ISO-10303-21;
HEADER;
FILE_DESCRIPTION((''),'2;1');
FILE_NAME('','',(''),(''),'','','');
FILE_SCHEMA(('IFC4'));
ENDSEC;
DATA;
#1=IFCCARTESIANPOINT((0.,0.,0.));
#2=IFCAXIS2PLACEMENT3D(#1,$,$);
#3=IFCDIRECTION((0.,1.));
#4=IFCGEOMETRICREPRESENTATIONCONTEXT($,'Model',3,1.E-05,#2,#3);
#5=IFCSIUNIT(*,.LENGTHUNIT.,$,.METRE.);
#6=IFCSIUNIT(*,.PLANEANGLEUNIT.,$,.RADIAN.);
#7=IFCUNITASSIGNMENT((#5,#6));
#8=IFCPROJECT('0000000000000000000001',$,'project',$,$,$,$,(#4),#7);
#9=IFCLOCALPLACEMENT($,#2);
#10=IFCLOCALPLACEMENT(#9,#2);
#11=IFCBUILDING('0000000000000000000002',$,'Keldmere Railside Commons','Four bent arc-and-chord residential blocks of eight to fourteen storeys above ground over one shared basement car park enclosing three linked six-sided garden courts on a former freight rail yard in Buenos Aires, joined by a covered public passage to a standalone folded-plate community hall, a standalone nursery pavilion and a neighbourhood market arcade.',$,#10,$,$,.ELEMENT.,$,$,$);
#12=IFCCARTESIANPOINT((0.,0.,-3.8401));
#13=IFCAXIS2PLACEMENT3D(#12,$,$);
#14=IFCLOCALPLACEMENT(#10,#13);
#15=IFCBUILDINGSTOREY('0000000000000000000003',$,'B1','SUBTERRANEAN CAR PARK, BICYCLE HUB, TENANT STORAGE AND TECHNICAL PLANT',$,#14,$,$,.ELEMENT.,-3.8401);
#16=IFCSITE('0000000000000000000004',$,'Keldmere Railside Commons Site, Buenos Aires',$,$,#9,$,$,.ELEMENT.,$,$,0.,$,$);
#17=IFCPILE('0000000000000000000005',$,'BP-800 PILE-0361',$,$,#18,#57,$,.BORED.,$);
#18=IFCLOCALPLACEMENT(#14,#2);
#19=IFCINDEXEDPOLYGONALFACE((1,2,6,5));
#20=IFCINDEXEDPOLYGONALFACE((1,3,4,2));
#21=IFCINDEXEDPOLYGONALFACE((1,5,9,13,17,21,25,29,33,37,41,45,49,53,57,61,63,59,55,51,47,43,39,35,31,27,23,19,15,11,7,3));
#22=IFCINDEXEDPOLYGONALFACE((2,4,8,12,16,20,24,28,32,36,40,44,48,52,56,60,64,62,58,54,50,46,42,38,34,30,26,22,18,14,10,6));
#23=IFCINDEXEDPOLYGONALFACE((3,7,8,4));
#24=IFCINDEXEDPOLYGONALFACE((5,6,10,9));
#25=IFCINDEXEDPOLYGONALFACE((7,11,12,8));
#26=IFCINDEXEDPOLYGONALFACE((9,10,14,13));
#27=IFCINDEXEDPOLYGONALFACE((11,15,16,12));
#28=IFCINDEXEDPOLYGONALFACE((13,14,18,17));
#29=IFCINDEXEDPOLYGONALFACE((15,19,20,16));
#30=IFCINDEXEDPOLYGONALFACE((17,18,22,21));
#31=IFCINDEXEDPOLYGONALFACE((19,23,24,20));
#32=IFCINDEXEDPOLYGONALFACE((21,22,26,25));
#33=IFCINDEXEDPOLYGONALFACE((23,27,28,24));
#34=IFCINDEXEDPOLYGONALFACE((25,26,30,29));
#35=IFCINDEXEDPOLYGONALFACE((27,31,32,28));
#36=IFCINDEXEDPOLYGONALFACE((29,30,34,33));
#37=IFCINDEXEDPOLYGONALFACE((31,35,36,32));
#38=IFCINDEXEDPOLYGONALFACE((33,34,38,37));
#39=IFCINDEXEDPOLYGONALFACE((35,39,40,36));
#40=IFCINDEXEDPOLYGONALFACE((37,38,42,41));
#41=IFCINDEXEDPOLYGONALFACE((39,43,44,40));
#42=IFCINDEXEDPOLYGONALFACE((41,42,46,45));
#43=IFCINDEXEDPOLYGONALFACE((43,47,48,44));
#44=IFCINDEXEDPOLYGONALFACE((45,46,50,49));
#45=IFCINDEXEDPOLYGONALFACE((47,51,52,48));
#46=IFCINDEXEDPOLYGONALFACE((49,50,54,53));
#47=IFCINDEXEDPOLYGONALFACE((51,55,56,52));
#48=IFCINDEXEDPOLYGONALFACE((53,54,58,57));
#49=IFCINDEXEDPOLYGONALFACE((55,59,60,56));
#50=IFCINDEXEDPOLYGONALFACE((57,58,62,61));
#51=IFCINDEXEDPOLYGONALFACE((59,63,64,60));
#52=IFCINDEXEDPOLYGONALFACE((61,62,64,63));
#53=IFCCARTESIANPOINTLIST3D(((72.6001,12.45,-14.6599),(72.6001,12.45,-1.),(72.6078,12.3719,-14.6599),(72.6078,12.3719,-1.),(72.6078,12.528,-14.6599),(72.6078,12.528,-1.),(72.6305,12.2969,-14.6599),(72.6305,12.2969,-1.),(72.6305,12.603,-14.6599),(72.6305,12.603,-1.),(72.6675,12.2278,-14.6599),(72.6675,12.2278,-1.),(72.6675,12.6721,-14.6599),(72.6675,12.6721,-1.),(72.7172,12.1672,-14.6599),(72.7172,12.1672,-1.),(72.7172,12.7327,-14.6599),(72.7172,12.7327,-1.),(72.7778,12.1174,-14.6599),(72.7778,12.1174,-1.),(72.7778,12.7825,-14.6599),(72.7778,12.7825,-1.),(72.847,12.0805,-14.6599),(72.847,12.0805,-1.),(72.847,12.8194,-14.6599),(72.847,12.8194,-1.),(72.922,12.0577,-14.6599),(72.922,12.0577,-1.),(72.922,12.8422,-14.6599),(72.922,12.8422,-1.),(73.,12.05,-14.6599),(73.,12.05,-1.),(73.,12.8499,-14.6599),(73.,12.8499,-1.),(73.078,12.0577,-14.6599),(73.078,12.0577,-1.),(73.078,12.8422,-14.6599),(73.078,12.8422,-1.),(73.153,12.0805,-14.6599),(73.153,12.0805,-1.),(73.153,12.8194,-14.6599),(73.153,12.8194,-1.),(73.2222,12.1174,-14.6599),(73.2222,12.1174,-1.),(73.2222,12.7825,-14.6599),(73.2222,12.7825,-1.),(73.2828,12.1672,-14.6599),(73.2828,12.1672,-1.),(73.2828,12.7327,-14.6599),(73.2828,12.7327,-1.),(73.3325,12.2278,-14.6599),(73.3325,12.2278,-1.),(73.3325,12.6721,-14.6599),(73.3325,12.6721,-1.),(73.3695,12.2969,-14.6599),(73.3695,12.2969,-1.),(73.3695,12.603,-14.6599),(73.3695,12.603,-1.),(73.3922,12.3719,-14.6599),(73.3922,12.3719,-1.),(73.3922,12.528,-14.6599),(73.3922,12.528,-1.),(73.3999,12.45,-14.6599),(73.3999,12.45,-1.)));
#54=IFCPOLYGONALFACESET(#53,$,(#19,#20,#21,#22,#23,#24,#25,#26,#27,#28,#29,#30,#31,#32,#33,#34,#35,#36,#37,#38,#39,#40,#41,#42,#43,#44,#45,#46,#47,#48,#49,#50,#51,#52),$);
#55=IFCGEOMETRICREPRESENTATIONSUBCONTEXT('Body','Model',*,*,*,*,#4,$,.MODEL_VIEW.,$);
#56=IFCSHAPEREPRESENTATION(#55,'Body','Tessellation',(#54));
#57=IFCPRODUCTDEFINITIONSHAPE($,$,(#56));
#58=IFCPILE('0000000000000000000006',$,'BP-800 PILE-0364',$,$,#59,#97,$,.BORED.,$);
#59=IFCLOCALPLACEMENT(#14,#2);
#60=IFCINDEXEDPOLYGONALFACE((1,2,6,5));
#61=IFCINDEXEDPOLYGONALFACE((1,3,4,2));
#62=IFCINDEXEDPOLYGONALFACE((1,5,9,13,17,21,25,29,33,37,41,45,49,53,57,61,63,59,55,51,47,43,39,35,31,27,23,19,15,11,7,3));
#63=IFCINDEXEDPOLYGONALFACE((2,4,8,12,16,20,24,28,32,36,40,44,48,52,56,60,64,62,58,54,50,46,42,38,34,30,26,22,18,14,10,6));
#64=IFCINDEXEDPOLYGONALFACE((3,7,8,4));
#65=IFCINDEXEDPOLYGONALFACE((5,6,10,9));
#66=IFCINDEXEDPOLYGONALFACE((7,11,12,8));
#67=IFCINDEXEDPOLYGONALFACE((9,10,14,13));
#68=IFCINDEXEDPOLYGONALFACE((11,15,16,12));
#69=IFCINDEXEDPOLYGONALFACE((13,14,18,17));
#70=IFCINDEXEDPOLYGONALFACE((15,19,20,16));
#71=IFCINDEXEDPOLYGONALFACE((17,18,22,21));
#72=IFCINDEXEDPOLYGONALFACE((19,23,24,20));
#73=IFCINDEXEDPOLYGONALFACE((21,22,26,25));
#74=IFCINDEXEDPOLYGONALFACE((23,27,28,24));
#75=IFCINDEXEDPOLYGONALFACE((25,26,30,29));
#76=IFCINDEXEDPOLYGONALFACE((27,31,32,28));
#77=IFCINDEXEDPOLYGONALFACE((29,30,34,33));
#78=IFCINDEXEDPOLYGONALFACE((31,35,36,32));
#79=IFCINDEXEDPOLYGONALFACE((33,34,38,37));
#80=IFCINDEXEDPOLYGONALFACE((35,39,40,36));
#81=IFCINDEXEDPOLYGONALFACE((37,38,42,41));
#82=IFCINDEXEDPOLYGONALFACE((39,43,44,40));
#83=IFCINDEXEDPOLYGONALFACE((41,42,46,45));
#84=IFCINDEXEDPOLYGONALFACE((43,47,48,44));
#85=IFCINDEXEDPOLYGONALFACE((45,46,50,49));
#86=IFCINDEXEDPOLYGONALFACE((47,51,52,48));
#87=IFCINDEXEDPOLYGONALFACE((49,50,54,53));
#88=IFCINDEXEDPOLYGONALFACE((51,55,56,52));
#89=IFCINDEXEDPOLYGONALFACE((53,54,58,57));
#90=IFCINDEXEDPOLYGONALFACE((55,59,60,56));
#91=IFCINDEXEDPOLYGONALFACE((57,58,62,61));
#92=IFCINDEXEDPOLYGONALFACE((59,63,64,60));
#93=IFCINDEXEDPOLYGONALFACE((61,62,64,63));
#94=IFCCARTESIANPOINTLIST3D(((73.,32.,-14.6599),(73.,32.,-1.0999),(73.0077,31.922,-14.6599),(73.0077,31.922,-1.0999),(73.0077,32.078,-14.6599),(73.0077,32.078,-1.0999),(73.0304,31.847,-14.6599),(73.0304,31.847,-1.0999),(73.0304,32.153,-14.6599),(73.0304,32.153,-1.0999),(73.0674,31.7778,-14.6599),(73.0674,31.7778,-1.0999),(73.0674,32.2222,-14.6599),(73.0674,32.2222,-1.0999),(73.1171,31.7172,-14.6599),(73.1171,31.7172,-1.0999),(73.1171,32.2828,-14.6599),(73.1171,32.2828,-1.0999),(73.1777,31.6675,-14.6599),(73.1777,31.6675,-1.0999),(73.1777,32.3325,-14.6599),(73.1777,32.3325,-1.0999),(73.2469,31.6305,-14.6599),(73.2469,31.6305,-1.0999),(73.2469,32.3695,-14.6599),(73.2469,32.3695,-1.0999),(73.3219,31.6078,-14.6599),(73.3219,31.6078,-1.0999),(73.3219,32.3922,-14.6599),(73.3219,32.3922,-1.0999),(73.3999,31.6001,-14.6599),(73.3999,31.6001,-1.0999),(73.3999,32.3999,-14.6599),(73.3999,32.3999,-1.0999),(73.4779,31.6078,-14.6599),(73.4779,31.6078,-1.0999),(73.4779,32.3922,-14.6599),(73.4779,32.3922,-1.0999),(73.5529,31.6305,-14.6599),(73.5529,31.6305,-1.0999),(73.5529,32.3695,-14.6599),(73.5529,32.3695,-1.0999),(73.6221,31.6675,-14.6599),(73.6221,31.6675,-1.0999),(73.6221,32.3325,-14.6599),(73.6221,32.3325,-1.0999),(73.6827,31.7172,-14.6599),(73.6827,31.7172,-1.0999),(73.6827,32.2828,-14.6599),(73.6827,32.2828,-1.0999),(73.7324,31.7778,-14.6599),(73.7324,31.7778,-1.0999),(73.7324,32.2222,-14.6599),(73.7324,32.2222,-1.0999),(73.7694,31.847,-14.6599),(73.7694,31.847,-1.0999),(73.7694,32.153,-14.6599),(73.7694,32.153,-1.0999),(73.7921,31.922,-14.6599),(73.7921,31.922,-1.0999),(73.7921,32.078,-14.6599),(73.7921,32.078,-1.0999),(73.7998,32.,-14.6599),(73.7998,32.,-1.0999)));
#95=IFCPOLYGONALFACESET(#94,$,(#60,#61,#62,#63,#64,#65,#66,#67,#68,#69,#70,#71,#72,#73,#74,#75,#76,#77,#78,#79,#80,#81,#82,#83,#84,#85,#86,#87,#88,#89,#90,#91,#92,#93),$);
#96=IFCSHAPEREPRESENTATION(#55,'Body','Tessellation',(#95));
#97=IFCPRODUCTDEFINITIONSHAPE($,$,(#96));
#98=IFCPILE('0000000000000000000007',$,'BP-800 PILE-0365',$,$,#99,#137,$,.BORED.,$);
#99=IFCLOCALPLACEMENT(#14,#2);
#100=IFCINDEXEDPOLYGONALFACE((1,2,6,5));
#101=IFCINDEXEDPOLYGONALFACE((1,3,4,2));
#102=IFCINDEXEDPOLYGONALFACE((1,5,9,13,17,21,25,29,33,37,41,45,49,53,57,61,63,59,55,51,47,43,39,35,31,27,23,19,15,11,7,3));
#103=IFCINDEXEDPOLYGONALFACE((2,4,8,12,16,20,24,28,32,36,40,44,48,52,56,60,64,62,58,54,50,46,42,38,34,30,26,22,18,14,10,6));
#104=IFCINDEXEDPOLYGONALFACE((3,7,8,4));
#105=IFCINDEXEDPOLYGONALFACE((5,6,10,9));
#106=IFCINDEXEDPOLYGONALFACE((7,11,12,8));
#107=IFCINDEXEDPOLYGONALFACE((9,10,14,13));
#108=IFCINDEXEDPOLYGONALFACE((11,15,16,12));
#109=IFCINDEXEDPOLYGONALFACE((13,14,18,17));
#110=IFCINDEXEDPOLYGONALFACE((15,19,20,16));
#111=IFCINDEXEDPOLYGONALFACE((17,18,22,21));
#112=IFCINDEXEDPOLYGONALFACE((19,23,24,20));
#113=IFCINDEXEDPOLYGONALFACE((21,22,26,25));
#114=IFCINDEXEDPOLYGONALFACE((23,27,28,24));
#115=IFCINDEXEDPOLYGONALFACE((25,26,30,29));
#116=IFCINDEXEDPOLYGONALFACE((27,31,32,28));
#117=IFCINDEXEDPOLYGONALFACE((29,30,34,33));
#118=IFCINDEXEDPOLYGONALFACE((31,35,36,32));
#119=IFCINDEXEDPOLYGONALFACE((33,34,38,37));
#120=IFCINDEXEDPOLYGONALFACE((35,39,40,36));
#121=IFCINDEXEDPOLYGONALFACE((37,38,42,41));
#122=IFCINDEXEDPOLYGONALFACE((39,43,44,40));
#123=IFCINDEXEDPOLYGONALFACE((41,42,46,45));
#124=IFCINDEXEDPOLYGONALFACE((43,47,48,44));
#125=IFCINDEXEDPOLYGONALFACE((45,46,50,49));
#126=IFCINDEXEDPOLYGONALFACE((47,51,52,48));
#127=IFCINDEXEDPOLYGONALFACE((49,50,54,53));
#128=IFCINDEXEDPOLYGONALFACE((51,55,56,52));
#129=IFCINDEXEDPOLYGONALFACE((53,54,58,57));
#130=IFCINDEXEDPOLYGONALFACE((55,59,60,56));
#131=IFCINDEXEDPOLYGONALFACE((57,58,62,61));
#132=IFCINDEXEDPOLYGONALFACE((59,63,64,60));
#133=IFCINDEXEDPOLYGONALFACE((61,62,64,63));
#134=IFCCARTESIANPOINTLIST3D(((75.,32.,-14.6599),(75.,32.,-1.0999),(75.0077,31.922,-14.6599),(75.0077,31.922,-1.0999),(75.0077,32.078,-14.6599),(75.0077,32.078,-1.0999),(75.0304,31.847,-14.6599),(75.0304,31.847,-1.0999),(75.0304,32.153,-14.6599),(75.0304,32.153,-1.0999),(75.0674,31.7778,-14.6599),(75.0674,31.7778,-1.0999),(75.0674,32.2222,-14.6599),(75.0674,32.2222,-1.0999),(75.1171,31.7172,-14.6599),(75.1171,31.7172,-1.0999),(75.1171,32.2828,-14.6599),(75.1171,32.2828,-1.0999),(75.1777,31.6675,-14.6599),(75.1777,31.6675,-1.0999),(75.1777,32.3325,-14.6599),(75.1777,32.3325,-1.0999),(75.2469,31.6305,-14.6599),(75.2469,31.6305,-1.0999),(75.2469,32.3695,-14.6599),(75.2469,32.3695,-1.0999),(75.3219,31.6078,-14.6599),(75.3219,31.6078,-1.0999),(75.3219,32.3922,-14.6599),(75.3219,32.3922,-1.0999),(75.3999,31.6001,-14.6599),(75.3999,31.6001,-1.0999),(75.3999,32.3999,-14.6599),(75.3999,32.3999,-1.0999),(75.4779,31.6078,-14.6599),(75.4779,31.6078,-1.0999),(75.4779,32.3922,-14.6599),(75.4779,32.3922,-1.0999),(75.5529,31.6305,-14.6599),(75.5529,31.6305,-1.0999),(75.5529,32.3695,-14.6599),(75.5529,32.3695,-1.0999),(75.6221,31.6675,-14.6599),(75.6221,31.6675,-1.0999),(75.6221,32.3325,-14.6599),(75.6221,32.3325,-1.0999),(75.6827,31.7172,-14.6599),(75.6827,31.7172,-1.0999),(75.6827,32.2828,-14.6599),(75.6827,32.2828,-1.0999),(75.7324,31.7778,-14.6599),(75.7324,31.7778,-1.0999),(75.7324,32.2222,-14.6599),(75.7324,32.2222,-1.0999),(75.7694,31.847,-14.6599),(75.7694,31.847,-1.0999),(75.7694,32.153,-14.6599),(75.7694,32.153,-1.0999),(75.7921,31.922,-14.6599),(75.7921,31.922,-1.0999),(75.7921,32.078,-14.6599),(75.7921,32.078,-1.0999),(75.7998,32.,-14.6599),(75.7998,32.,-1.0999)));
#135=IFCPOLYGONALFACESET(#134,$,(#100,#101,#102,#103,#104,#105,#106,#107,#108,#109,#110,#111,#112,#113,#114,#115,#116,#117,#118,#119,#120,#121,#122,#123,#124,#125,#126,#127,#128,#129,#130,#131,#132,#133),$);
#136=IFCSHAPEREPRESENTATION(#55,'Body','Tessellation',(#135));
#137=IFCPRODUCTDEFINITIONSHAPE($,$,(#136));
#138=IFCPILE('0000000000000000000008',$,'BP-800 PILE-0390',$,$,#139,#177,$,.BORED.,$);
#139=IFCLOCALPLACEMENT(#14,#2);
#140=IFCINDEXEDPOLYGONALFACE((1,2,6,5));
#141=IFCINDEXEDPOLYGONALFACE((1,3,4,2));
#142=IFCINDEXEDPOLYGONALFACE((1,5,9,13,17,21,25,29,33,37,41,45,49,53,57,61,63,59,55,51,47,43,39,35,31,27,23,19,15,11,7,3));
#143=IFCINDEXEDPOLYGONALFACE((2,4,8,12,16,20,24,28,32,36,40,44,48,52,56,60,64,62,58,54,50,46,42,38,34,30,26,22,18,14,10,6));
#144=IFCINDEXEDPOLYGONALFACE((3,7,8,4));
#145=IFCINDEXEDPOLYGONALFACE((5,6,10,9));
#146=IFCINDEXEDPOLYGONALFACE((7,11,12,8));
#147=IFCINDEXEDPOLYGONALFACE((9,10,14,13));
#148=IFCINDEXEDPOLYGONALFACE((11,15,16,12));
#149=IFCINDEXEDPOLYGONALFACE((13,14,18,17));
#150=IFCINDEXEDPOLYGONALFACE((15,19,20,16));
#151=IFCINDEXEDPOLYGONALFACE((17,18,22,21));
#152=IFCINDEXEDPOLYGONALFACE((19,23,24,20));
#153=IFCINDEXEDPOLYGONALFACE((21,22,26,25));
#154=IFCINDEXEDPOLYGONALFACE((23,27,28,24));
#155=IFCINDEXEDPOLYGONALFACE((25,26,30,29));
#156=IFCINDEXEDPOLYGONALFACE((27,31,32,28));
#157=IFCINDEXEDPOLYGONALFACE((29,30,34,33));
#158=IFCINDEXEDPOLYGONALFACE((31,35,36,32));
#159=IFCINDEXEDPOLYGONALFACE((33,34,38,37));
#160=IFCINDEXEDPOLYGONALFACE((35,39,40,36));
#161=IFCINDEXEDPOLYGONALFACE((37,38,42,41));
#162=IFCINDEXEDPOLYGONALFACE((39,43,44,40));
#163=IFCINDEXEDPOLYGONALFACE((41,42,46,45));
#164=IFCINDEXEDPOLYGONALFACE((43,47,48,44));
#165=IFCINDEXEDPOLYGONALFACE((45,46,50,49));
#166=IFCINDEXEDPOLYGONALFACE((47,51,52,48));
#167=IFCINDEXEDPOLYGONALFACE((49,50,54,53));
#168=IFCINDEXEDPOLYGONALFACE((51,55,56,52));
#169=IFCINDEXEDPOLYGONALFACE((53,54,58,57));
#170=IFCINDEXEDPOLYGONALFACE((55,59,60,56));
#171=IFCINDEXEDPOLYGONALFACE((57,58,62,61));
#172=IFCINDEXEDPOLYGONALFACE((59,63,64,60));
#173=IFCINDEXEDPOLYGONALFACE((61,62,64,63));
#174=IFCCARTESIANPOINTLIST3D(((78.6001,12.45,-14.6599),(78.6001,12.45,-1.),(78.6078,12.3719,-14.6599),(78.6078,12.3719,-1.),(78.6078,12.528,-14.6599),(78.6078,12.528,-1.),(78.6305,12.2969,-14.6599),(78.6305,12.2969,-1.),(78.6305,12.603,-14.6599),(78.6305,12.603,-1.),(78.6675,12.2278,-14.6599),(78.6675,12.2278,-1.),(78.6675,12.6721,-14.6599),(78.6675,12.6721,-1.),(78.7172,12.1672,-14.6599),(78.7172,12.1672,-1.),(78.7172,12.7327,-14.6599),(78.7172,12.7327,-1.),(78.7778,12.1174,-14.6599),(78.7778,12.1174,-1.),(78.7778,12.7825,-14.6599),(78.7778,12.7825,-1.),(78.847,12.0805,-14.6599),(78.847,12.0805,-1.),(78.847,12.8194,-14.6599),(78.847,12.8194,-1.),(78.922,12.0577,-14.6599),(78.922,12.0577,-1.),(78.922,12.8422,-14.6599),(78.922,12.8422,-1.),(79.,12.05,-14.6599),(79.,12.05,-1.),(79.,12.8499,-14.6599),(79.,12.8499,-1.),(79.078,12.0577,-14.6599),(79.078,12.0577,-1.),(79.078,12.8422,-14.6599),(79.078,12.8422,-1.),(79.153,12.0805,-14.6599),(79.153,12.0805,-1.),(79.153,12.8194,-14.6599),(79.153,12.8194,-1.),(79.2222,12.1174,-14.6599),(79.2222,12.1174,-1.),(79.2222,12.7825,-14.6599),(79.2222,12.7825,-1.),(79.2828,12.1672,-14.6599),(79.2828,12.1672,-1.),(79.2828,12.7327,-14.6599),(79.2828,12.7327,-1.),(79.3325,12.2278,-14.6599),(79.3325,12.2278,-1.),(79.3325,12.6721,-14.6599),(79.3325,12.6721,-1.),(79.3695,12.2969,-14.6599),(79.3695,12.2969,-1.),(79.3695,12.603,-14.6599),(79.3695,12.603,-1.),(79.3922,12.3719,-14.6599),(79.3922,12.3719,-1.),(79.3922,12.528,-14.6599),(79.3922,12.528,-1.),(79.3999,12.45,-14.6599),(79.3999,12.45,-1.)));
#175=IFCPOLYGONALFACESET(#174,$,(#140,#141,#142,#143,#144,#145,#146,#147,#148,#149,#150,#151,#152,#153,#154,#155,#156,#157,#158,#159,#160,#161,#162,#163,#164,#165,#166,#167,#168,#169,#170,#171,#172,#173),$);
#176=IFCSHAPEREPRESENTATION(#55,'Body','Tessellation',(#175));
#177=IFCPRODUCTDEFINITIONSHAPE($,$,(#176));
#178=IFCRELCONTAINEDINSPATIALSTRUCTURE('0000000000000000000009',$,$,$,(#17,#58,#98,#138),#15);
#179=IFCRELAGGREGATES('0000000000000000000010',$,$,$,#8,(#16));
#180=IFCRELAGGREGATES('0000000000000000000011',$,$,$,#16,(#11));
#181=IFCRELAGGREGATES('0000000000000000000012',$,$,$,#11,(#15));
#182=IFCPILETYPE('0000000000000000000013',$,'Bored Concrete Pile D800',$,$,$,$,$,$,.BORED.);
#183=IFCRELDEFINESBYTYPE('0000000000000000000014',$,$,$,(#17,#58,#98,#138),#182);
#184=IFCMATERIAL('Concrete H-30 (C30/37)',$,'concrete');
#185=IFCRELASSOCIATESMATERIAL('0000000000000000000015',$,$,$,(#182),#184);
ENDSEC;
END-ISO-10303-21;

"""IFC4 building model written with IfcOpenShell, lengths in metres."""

from ifc_helpers import new_model, si_unit, direction, frame, origin, origin_2d, place, context, subcontext, project, spatial, circle, extrude, material, material_profile, profile_set, type_object, element, save


model = new_model("IFC4")

# Units and contexts
model_context = context("Model", 3, precision=1e-05, world=origin(), true_north=direction((0.0, 1.0)))
body_context = subcontext(model_context, "Body", "Model", "MODEL_VIEW")
ifc_project = project(units=[si_unit("LENGTHUNIT", "METRE"), si_unit("PLANEANGLEUNIT", "RADIAN")], contexts=[model_context])

# Site, building, storey
site_placement = place(None, origin())
site = spatial("IfcSite", under=ifc_project, at=site_placement, Name="Keldmere Railside Commons Site, Buenos Aires", CompositionType="ELEMENT", RefElevation=0.0)
building_placement = place(site_placement, origin())
building = spatial("IfcBuilding", under=site, at=building_placement, Name="Keldmere Railside Commons", Description="Four bent arc-and-chord residential blocks of eight to fourteen storeys above ground over one shared basement car park enclosing three linked six-sided garden courts on a former freight rail yard in Buenos Aires, joined by a covered public passage to a standalone folded-plate community hall, a standalone nursery pavilion and a neighbourhood market arcade.", CompositionType="ELEMENT")
storey_placement = place(building_placement, frame((0.0, 0.0, -3.8401)))
storey = spatial("IfcBuildingStorey", under=building, at=storey_placement, Name="B1", Description="SUBTERRANEAN CAR PARK, BICYCLE HUB, TENANT STORAGE AND TECHNICAL PLANT", CompositionType="ELEMENT", Elevation=-3.8401)

# Piles
ifc_material_1 = material(Name="Concrete H-30 (C30/37)", Category="concrete")
ifc_material_profile_1 = material_profile(ifc_material_1, circle(Radius=0.3999, at=origin_2d()), Name="PILE-D800")
ifc_profile_set_1 = profile_set([ifc_material_profile_1], Name="Concrete H-30 (C30/37)")
pile_type_1 = type_object("IfcPileType", Name="Bored Concrete Pile D800", PredefinedType="BORED", material=ifc_profile_set_1)
pile_1_placement = place(storey_placement, frame((73.0, 12.45, -1.0), z_axis=(0.0, 0.0, -1.0), x_axis=(1.0, 0.0, 0.0)))
element("IfcPile", 1, at=pile_1_placement, inside=storey, type_object=pile_type_1, Name="BP-800 PILE-0361", PredefinedType="BORED", context=body_context, shape_type="SweptSolid", body=[
    extrude(circle(Radius=0.3999, at=origin_2d()), origin(), (0.0, 0.0, 1.0), 13.6599),
])
for number, where, z_axis, x_axis, name in (
    (2, (73.3999, 32.0, -1.0999), (0.0, 0.0, -1.0), (1.0, 0.0, 0.0), "BP-800 PILE-0364"),
    (3, (75.3999, 32.0, -1.0999), (0.0, 0.0, -1.0), (1.0, 0.0, 0.0), "BP-800 PILE-0365"),
):
    element("IfcPile", number, at=place(storey_placement, frame(where, z_axis=z_axis, x_axis=x_axis)), inside=storey, type_object=pile_type_1, Name=name, PredefinedType="BORED", context=body_context, shape_type="SweptSolid", body=[
        extrude(circle(Radius=0.3999, at=origin_2d()), origin(), (0.0, 0.0, 1.0), 13.5601),
    ])
pile_2_placement = place(storey_placement, frame((79.0, 12.45, -1.0), z_axis=(0.0, 0.0, -1.0), x_axis=(1.0, 0.0, 0.0)))
element("IfcPile", 4, at=pile_2_placement, inside=storey, type_object=pile_type_1, Name="BP-800 PILE-0390", PredefinedType="BORED", context=body_context, shape_type="SweptSolid", body=[
    extrude(circle(Radius=0.3999, at=origin_2d()), origin(), (0.0, 0.0, 1.0), 13.6599),
])

save(model, "model.ifc")
